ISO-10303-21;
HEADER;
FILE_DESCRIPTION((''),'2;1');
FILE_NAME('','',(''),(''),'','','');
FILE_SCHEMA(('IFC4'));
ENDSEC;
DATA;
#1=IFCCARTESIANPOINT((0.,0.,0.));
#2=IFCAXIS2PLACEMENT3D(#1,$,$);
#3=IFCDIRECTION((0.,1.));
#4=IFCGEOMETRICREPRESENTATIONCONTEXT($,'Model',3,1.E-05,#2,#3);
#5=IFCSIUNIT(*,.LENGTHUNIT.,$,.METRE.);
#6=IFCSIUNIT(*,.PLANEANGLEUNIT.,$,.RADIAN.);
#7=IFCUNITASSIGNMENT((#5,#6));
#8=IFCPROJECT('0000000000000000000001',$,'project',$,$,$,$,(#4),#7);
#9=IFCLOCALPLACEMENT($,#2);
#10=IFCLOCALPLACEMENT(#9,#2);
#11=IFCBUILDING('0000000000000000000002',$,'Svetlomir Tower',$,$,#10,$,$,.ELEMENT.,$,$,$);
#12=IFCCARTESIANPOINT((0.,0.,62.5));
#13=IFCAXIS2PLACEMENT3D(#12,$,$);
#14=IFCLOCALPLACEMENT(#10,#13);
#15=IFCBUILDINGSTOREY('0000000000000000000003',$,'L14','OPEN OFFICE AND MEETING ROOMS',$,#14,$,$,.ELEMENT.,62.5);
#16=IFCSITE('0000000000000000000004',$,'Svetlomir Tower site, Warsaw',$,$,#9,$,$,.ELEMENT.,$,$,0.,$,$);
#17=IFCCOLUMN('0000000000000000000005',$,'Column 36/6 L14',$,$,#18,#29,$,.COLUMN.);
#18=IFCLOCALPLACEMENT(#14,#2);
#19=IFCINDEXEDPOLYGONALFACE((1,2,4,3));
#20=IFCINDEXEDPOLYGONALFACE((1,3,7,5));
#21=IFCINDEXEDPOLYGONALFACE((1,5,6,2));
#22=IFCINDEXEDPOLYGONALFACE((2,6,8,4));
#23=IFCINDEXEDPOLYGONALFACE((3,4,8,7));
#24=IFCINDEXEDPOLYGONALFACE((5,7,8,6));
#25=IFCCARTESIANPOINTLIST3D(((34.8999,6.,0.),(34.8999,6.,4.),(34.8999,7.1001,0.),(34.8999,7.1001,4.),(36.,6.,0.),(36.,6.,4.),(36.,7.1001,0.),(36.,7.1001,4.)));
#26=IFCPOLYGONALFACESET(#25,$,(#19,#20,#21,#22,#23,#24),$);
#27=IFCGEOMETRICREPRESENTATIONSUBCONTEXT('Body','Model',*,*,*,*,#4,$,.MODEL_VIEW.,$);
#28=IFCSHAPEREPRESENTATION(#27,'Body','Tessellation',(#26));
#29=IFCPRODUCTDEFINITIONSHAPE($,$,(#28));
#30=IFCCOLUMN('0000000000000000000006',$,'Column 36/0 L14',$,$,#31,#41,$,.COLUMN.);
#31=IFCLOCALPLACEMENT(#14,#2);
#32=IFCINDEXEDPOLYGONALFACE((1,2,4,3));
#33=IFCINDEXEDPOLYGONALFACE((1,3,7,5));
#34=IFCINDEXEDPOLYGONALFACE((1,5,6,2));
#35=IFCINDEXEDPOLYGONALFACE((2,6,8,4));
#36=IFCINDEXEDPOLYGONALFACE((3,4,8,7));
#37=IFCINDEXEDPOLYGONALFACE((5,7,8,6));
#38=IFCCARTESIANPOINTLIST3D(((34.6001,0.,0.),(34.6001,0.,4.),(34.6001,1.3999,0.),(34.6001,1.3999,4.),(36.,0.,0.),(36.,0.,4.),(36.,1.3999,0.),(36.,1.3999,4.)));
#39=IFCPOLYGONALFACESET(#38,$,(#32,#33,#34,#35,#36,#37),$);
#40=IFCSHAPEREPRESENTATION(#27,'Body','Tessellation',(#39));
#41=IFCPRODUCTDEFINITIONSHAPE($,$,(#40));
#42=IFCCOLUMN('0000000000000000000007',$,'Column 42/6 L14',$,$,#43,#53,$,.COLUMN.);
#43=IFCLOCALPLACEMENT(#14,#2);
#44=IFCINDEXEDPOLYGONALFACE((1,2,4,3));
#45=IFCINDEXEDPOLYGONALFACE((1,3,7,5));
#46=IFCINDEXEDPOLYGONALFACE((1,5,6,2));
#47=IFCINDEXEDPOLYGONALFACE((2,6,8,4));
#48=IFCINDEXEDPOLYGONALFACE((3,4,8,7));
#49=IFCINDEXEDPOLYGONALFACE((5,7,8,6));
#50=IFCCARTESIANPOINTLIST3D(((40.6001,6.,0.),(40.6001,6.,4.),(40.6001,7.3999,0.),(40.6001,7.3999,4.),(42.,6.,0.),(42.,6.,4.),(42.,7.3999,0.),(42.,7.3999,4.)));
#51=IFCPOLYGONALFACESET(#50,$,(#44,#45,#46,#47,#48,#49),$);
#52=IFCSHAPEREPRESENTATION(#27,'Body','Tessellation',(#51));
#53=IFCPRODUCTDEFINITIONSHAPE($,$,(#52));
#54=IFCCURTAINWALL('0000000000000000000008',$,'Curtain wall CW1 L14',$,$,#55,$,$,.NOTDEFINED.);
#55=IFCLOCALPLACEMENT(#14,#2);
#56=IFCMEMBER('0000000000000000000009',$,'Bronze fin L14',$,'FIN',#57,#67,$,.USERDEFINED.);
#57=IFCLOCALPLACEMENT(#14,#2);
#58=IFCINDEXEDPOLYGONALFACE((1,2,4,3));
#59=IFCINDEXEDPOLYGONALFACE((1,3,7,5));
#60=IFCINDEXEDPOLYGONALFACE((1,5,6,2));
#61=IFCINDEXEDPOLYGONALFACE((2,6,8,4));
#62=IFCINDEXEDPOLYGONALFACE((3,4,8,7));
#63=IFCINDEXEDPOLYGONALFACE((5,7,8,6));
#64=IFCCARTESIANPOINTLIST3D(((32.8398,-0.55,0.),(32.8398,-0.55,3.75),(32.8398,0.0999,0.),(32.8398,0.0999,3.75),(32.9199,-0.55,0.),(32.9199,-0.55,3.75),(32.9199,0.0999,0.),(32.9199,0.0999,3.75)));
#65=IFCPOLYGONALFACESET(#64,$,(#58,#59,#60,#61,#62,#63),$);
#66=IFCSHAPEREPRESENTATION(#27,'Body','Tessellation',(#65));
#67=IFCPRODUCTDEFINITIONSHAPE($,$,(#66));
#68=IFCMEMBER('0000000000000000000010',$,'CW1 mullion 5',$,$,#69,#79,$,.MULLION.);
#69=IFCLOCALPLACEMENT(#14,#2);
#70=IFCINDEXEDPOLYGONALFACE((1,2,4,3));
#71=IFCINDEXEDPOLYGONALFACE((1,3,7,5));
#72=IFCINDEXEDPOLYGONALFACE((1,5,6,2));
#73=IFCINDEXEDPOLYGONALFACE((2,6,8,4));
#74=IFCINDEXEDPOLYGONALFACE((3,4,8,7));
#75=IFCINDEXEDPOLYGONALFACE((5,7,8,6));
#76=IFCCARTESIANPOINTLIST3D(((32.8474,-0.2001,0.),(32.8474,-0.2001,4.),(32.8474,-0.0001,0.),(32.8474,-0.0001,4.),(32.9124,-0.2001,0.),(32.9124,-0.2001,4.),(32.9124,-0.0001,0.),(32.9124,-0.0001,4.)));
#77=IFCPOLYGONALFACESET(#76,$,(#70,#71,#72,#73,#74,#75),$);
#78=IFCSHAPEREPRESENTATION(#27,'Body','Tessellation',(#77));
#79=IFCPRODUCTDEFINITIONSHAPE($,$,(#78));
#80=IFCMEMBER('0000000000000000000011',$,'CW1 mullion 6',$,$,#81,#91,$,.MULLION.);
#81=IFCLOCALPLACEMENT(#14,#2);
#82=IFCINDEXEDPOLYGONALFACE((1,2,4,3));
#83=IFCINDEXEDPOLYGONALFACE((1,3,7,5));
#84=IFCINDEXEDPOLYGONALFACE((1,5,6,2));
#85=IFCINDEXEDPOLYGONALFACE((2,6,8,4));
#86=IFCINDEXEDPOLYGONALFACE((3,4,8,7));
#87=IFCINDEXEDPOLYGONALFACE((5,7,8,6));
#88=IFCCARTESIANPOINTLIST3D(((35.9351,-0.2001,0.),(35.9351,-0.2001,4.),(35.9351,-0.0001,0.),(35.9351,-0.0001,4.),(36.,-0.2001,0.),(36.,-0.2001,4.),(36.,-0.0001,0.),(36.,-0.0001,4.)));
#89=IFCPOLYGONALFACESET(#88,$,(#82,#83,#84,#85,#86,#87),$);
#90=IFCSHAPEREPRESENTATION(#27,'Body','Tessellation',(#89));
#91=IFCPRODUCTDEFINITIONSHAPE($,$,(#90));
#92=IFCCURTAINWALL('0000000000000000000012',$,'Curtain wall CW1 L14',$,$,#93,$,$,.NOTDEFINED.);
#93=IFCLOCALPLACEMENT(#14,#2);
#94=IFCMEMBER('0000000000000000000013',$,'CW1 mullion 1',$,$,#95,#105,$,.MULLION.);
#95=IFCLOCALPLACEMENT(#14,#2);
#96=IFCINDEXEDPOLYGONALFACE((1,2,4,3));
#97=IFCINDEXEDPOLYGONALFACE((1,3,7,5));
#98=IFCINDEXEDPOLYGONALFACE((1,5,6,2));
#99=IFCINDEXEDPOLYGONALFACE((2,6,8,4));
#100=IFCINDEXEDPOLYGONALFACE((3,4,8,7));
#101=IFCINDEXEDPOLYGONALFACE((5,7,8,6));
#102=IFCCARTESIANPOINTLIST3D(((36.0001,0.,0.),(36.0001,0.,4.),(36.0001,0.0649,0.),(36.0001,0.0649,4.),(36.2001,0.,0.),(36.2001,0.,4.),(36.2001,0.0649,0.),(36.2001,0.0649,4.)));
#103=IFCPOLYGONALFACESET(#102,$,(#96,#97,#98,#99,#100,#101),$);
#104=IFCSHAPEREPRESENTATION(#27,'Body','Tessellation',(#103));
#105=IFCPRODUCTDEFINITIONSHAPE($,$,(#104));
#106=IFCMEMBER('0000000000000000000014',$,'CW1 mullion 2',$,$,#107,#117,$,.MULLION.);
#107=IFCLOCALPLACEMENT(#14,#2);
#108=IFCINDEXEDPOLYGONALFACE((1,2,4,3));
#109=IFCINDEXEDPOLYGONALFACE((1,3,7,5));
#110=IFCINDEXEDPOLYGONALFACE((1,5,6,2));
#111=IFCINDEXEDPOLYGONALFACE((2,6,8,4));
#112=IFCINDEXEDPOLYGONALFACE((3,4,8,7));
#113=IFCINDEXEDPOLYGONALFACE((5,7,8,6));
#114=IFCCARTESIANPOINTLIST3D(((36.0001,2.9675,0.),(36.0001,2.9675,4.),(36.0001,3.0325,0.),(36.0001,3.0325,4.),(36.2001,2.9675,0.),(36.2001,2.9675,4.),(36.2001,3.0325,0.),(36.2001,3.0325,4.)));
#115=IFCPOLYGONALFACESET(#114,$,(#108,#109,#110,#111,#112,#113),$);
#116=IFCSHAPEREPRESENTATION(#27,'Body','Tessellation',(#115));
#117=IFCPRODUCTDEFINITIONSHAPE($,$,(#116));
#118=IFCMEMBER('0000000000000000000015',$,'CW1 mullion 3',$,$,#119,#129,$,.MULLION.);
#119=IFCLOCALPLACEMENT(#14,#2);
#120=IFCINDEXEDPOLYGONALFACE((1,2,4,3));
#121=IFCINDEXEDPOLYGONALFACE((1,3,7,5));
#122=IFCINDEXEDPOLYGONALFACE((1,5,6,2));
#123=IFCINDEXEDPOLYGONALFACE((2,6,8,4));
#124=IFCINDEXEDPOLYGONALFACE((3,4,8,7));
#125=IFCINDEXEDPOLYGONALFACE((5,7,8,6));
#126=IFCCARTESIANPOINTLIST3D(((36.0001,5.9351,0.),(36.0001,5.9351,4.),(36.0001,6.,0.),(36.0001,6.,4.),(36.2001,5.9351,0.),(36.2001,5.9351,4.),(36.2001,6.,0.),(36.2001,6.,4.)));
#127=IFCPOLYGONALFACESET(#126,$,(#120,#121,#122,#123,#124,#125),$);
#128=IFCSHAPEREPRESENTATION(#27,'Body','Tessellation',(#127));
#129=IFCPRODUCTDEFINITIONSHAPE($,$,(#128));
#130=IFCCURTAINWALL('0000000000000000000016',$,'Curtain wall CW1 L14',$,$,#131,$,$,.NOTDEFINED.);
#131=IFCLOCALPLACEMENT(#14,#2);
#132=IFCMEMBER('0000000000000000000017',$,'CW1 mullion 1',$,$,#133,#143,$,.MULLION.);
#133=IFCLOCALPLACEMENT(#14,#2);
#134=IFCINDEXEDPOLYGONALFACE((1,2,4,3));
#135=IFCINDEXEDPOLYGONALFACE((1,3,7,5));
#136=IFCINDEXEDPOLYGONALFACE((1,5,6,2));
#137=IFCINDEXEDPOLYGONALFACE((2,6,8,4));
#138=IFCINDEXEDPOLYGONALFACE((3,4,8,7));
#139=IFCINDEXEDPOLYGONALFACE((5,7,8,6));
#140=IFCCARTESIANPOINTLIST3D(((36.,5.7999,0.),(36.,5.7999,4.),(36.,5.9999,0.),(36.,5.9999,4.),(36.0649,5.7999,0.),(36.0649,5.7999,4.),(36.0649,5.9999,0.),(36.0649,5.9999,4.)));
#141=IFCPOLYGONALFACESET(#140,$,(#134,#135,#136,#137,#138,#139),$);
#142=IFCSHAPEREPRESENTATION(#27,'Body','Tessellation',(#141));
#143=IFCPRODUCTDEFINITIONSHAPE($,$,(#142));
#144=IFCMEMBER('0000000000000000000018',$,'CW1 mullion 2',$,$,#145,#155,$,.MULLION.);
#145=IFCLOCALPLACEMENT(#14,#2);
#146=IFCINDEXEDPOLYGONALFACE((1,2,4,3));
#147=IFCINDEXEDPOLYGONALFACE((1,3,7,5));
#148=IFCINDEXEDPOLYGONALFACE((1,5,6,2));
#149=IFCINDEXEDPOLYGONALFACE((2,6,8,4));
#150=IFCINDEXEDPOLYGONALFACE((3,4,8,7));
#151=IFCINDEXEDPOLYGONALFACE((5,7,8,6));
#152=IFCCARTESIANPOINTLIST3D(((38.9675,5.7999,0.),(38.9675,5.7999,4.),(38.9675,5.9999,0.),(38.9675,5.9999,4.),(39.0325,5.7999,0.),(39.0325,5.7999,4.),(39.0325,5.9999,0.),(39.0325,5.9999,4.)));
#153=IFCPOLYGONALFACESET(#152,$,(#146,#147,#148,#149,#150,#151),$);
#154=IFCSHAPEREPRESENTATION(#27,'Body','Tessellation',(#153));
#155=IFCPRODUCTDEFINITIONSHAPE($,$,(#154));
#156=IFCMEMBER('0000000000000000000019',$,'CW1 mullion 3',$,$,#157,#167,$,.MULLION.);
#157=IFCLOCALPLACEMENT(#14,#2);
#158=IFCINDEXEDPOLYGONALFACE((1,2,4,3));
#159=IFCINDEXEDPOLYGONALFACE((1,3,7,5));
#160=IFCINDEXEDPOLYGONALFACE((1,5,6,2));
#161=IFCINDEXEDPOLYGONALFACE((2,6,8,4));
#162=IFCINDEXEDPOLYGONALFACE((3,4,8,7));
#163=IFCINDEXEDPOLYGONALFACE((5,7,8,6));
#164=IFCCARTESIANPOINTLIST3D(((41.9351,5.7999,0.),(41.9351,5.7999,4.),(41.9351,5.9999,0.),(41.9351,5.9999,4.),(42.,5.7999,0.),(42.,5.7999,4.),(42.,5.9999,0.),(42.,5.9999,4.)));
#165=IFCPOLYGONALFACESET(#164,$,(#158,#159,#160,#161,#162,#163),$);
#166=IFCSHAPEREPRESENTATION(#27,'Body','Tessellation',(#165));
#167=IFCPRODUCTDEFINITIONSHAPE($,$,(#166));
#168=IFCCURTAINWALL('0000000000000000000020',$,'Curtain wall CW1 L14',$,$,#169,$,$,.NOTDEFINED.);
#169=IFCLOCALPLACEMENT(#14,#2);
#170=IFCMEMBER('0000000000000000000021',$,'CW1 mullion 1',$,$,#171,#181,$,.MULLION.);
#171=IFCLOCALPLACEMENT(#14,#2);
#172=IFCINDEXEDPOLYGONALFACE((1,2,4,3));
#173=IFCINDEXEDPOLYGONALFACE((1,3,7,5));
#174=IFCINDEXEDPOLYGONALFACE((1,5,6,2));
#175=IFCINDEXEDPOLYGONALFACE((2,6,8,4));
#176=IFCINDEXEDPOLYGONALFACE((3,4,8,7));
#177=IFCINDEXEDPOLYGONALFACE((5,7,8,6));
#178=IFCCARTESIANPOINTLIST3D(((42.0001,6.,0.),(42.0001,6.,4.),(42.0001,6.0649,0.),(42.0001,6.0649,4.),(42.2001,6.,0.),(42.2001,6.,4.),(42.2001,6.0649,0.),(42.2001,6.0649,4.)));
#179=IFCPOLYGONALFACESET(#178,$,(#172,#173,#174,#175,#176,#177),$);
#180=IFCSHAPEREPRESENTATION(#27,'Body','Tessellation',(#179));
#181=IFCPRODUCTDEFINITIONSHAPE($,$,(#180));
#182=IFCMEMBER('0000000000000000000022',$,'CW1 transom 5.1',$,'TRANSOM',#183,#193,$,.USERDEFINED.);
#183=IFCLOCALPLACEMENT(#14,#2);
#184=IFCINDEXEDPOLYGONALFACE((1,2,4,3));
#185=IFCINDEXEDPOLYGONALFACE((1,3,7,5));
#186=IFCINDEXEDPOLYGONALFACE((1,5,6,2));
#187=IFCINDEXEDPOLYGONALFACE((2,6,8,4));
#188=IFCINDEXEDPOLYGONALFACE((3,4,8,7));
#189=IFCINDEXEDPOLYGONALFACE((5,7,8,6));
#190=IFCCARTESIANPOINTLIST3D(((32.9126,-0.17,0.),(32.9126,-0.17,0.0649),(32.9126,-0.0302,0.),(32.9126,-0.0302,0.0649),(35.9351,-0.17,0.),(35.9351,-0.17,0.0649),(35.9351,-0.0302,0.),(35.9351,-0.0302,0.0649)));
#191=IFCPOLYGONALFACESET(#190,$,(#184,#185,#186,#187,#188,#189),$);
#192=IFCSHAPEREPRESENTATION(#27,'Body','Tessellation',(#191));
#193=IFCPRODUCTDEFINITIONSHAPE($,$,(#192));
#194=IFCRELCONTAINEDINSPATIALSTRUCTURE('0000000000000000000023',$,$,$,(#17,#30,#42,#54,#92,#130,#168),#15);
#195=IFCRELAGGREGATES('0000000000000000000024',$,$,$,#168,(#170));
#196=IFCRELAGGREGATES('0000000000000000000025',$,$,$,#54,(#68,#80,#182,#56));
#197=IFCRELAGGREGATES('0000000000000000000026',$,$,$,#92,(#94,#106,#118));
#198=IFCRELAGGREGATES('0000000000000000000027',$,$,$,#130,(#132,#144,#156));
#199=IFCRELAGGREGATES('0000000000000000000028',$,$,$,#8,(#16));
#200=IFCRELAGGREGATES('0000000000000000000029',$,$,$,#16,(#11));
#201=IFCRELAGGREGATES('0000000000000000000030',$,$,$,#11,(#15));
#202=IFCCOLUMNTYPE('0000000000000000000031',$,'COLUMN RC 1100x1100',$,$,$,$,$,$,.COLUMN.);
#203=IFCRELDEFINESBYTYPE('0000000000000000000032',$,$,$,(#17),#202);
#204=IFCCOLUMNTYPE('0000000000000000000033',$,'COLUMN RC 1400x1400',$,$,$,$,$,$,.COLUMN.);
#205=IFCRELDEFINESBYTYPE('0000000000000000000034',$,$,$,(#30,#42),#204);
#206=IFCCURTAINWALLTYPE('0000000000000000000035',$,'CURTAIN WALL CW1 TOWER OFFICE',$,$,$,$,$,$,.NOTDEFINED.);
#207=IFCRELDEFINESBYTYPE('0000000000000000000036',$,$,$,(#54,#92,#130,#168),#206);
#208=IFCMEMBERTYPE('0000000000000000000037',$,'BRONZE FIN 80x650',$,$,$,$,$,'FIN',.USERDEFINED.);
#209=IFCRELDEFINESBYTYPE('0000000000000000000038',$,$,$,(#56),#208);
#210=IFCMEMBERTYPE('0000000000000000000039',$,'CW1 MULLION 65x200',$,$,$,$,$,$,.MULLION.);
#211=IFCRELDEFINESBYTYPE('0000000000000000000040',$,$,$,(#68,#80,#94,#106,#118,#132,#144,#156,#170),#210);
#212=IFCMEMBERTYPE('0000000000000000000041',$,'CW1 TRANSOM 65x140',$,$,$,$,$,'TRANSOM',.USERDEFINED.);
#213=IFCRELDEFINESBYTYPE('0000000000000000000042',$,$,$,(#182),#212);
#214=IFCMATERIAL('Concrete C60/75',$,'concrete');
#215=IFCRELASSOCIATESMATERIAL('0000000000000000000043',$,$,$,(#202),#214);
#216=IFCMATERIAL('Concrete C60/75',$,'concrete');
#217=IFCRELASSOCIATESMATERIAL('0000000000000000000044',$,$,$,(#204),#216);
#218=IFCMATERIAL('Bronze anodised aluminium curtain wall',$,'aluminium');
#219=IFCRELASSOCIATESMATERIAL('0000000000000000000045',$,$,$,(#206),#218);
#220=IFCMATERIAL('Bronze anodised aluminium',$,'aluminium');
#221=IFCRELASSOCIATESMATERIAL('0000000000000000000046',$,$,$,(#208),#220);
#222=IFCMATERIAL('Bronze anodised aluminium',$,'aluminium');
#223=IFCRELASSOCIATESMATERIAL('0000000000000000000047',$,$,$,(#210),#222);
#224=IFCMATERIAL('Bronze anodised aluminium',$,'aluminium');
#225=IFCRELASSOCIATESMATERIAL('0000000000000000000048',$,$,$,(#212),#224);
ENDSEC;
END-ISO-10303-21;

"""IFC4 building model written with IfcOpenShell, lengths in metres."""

from ifc_helpers import new_model, si_unit, direction, frame, origin, origin_2d, place, context, subcontext, project, spatial, rectangle, extrude, material, material_profile, profile_set, type_object, element, aggregate, save


model = new_model("IFC4")

# Units and contexts
model_context = context("Model", 3, precision=1e-05, world=origin(), true_north=direction((0.0, 1.0)))
body_context = subcontext(model_context, "Body", "Model", "MODEL_VIEW")
ifc_project = project(units=[si_unit("LENGTHUNIT", "METRE"), si_unit("PLANEANGLEUNIT", "RADIAN")], contexts=[model_context])

# Site, building, storey
site_placement = place(None, origin())
site = spatial("IfcSite", under=ifc_project, at=site_placement, Name="Svetlomir Tower site, Warsaw", CompositionType="ELEMENT", RefElevation=0.0)
building_placement = place(site_placement, origin())
building = spatial("IfcBuilding", under=site, at=building_placement, Name="Svetlomir Tower", CompositionType="ELEMENT")
storey_placement = place(building_placement, frame((0.0, 0.0, 62.5)))
storey = spatial("IfcBuildingStorey", under=building, at=storey_placement, Name="L14", Description="OPEN OFFICE AND MEETING ROOMS", CompositionType="ELEMENT", Elevation=62.5)

# Columns
ifc_material_1 = material(Name="Concrete C60/75", Category="concrete")
ifc_material_profile_1 = material_profile(ifc_material_1, rectangle(XDim=1.1001, YDim=1.1001, at=origin_2d()), Name="RC 1100x1100")
ifc_profile_set_1 = profile_set([ifc_material_profile_1], Name="Concrete C60/75")
column_type_1 = type_object("IfcColumnType", Name="COLUMN RC 1100x1100", PredefinedType="COLUMN", material=ifc_profile_set_1)
column_placement = place(storey_placement, frame((35.45, 6.55, 0.0), z_axis=(0.0, 0.0, 1.0), x_axis=(1.0, 0.0, 0.0)))
element("IfcColumn", 1, at=column_placement, inside=storey, type_object=column_type_1, Name="Column 36/6 L14", PredefinedType="COLUMN", context=body_context, shape_type="SweptSolid", body=[
    extrude(rectangle(XDim=1.1001, YDim=1.1001, at=origin_2d()), origin(), (0.0, 0.0, 1.0), 4.0),
])
ifc_material_2 = material(Name="Concrete C60/75", Category="concrete")
ifc_material_profile_2 = material_profile(ifc_material_2, rectangle(XDim=1.3999, YDim=1.3999, at=origin_2d()), Name="RC 1400x1400")
ifc_profile_set_2 = profile_set([ifc_material_profile_2], Name="Concrete C60/75")
column_type_2 = type_object("IfcColumnType", Name="COLUMN RC 1400x1400", PredefinedType="COLUMN", material=ifc_profile_set_2)
for number, where, z_axis, x_axis, name in (
    (2, (35.3, 0.7, 0.0), (0.0, 0.0, 1.0), (1.0, 0.0, 0.0), "Column 36/0 L14"),
    (3, (41.3, 6.7, 0.0), (0.0, 0.0, 1.0), (1.0, 0.0, 0.0), "Column 42/6 L14"),
):
    element("IfcColumn", number, at=place(storey_placement, frame(where, z_axis=z_axis, x_axis=x_axis)), inside=storey, type_object=column_type_2, Name=name, PredefinedType="COLUMN", context=body_context, shape_type="SweptSolid", body=[
        extrude(rectangle(XDim=1.3999, YDim=1.3999, at=origin_2d()), origin(), (0.0, 0.0, 1.0), 4.0),
    ])

# Curtain walls, members
ifc_material_3 = material(Name="Bronze anodised aluminium curtain wall", Category="aluminium")
curtain_wall_type = type_object("IfcCurtainWallType", Name="CURTAIN WALL CW1 TOWER OFFICE", PredefinedType="NOTDEFINED", material=ifc_material_3)
curtain_wall_1_placement = place(storey_placement, origin())
curtain_wall_1 = element("IfcCurtainWall", 4, at=curtain_wall_1_placement, inside=storey, type_object=curtain_wall_type, Name="Curtain wall CW1 L14", PredefinedType="NOTDEFINED")
ifc_material_4 = material(Name="Bronze anodised aluminium", Category="aluminium")
ifc_material_profile_3 = material_profile(ifc_material_4, rectangle(XDim=0.0801, YDim=0.6499, at=origin_2d()), Name="FIN 80x650")
ifc_profile_set_3 = profile_set([ifc_material_profile_3], Name="Bronze anodised aluminium 6063-T6")
member_type_1 = type_object("IfcMemberType", Name="BRONZE FIN 80x650", ElementType="FIN", PredefinedType="USERDEFINED", material=ifc_profile_set_3)
member_1_placement = place(storey_placement, frame((32.8799, -0.2251, 0.0), z_axis=(0.0, 0.0, 1.0), x_axis=(1.0, 0.0, 0.0)))
member_1 = element("IfcMember", 5, at=member_1_placement, type_object=member_type_1, Name="Bronze fin L14", ObjectType="FIN", PredefinedType="USERDEFINED", context=body_context, shape_type="SweptSolid", body=[
    extrude(rectangle(XDim=0.0801, YDim=0.6499, at=origin_2d()), origin(), (0.0, 0.0, 1.0), 3.75),
])
ifc_material_5 = material(Name="Bronze anodised aluminium", Category="aluminium")
ifc_material_profile_4 = material_profile(ifc_material_5, rectangle(XDim=0.0649, YDim=0.2, at=origin_2d()), Name="AL 65x200")
ifc_profile_set_4 = profile_set([ifc_material_profile_4], Name="Bronze anodised aluminium 6063-T6")
member_type_2 = type_object("IfcMemberType", Name="CW1 MULLION 65x200", PredefinedType="MULLION", material=ifc_profile_set_4)
member_2_placement = place(storey_placement, frame((32.8799, -0.1001, 0.0), z_axis=(0.0, 0.0, 1.0), x_axis=(1.0, 0.0, 0.0)))
member_2 = element("IfcMember", 6, at=member_2_placement, type_object=member_type_2, Name="CW1 mullion 5", PredefinedType="MULLION", context=body_context, shape_type="SweptSolid", body=[
    extrude(rectangle(XDim=0.0649, YDim=0.2, at=origin_2d()), origin(), (0.0, 0.0, 1.0), 4.0),
])
member_3_placement = place(storey_placement, frame((35.9675, -0.1001, 0.0), z_axis=(0.0, 0.0, 1.0), x_axis=(1.0, 0.0, 0.0)))
member_3 = element("IfcMember", 7, at=member_3_placement, type_object=member_type_2, Name="CW1 mullion 6", PredefinedType="MULLION", context=body_context, shape_type="SweptSolid", body=[
    extrude(rectangle(XDim=0.0649, YDim=0.2, at=origin_2d()), origin(), (0.0, 0.0, 1.0), 4.0),
])
curtain_wall_2_placement = place(storey_placement, origin())
curtain_wall_2 = element("IfcCurtainWall", 8, at=curtain_wall_2_placement, inside=storey, type_object=curtain_wall_type, Name="Curtain wall CW1 L14", PredefinedType="NOTDEFINED")
member_4_placement = place(storey_placement, frame((36.1001, 0.0325, 0.0), z_axis=(0.0, 0.0, 1.0), x_axis=(0.0, 1.0, 0.0)))
member_4 = element("IfcMember", 9, at=member_4_placement, type_object=member_type_2, Name="CW1 mullion 1", PredefinedType="MULLION", context=body_context, shape_type="SweptSolid", body=[
    extrude(rectangle(XDim=0.0649, YDim=0.2, at=origin_2d()), origin(), (0.0, 0.0, 1.0), 4.0),
])
member_5_placement = place(storey_placement, frame((36.1001, 3.0, 0.0), z_axis=(0.0, 0.0, 1.0), x_axis=(0.0, 1.0, 0.0)))
member_5 = element("IfcMember", 10, at=member_5_placement, type_object=member_type_2, Name="CW1 mullion 2", PredefinedType="MULLION", context=body_context, shape_type="SweptSolid", body=[
    extrude(rectangle(XDim=0.0649, YDim=0.2, at=origin_2d()), origin(), (0.0, 0.0, 1.0), 4.0),
])
member_6_placement = place(storey_placement, frame((36.1001, 5.9675, 0.0), z_axis=(0.0, 0.0, 1.0), x_axis=(0.0, 1.0, 0.0)))
member_6 = element("IfcMember", 11, at=member_6_placement, type_object=member_type_2, Name="CW1 mullion 3", PredefinedType="MULLION", context=body_context, shape_type="SweptSolid", body=[
    extrude(rectangle(XDim=0.0649, YDim=0.2, at=origin_2d()), origin(), (0.0, 0.0, 1.0), 4.0),
])
curtain_wall_3_placement = place(storey_placement, origin())
curtain_wall_3 = element("IfcCurtainWall", 12, at=curtain_wall_3_placement, inside=storey, type_object=curtain_wall_type, Name="Curtain wall CW1 L14", PredefinedType="NOTDEFINED")
member_7_placement = place(storey_placement, frame((36.0325, 5.8999, 0.0), z_axis=(0.0, 0.0, 1.0), x_axis=(1.0, 0.0, 0.0)))
member_7 = element("IfcMember", 13, at=member_7_placement, type_object=member_type_2, Name="CW1 mullion 1", PredefinedType="MULLION", context=body_context, shape_type="SweptSolid", body=[
    extrude(rectangle(XDim=0.0649, YDim=0.2, at=origin_2d()), origin(), (0.0, 0.0, 1.0), 4.0),
])
member_8_placement = place(storey_placement, frame((39.0, 5.8999, 0.0), z_axis=(0.0, 0.0, 1.0), x_axis=(1.0, 0.0, 0.0)))
member_8 = element("IfcMember", 14, at=member_8_placement, type_object=member_type_2, Name="CW1 mullion 2", PredefinedType="MULLION", context=body_context, shape_type="SweptSolid", body=[
    extrude(rectangle(XDim=0.0649, YDim=0.2, at=origin_2d()), origin(), (0.0, 0.0, 1.0), 4.0),
])
member_9_placement = place(storey_placement, frame((41.9675, 5.8999, 0.0), z_axis=(0.0, 0.0, 1.0), x_axis=(1.0, 0.0, 0.0)))
member_9 = element("IfcMember", 15, at=member_9_placement, type_object=member_type_2, Name="CW1 mullion 3", PredefinedType="MULLION", context=body_context, shape_type="SweptSolid", body=[
    extrude(rectangle(XDim=0.0649, YDim=0.2, at=origin_2d()), origin(), (0.0, 0.0, 1.0), 4.0),
])

# Curtain wall, member
curtain_wall_4_placement = place(storey_placement, origin())
curtain_wall_4 = element("IfcCurtainWall", 16, at=curtain_wall_4_placement, inside=storey, type_object=curtain_wall_type, Name="Curtain wall CW1 L14", PredefinedType="NOTDEFINED")
member_10_placement = place(storey_placement, frame((42.1001, 6.0325, 0.0), z_axis=(0.0, 0.0, 1.0), x_axis=(0.0, 1.0, 0.0)))
member_10 = element("IfcMember", 17, at=member_10_placement, type_object=member_type_2, Name="CW1 mullion 1", PredefinedType="MULLION", context=body_context, shape_type="SweptSolid", body=[
    extrude(rectangle(XDim=0.0649, YDim=0.2, at=origin_2d()), origin(), (0.0, 0.0, 1.0), 4.0),
])

# Member
ifc_material_6 = material(Name="Bronze anodised aluminium", Category="aluminium")
ifc_material_profile_5 = material_profile(ifc_material_6, rectangle(XDim=0.1399, YDim=0.0649, at=origin_2d()), Name="AL 140x65")
ifc_profile_set_5 = profile_set([ifc_material_profile_5], Name="Bronze anodised aluminium 6063-T6")
member_type_3 = type_object("IfcMemberType", Name="CW1 TRANSOM 65x140", ElementType="TRANSOM", PredefinedType="USERDEFINED", material=ifc_profile_set_5)
member_11_placement = place(storey_placement, frame((32.9126, -0.1001, 0.0325), z_axis=(1.0, 0.0, 0.0), x_axis=(0.0, 1.0, 0.0)))
member_11 = element("IfcMember", 18, at=member_11_placement, type_object=member_type_3, Name="CW1 transom 5.1", ObjectType="TRANSOM", PredefinedType="USERDEFINED", context=body_context, shape_type="SweptSolid", body=[
    extrude(rectangle(XDim=0.1399, YDim=0.0649, at=origin_2d()), origin(), (0.0, 0.0, 1.0), 3.0225),
])
aggregate(curtain_wall_4, [member_10])

aggregate(curtain_wall_1, [member_2, member_3, member_11, member_1])
aggregate(curtain_wall_2, [member_4, member_5, member_6])
aggregate(curtain_wall_3, [member_7, member_8, member_9])

save(model, "model.ifc")
